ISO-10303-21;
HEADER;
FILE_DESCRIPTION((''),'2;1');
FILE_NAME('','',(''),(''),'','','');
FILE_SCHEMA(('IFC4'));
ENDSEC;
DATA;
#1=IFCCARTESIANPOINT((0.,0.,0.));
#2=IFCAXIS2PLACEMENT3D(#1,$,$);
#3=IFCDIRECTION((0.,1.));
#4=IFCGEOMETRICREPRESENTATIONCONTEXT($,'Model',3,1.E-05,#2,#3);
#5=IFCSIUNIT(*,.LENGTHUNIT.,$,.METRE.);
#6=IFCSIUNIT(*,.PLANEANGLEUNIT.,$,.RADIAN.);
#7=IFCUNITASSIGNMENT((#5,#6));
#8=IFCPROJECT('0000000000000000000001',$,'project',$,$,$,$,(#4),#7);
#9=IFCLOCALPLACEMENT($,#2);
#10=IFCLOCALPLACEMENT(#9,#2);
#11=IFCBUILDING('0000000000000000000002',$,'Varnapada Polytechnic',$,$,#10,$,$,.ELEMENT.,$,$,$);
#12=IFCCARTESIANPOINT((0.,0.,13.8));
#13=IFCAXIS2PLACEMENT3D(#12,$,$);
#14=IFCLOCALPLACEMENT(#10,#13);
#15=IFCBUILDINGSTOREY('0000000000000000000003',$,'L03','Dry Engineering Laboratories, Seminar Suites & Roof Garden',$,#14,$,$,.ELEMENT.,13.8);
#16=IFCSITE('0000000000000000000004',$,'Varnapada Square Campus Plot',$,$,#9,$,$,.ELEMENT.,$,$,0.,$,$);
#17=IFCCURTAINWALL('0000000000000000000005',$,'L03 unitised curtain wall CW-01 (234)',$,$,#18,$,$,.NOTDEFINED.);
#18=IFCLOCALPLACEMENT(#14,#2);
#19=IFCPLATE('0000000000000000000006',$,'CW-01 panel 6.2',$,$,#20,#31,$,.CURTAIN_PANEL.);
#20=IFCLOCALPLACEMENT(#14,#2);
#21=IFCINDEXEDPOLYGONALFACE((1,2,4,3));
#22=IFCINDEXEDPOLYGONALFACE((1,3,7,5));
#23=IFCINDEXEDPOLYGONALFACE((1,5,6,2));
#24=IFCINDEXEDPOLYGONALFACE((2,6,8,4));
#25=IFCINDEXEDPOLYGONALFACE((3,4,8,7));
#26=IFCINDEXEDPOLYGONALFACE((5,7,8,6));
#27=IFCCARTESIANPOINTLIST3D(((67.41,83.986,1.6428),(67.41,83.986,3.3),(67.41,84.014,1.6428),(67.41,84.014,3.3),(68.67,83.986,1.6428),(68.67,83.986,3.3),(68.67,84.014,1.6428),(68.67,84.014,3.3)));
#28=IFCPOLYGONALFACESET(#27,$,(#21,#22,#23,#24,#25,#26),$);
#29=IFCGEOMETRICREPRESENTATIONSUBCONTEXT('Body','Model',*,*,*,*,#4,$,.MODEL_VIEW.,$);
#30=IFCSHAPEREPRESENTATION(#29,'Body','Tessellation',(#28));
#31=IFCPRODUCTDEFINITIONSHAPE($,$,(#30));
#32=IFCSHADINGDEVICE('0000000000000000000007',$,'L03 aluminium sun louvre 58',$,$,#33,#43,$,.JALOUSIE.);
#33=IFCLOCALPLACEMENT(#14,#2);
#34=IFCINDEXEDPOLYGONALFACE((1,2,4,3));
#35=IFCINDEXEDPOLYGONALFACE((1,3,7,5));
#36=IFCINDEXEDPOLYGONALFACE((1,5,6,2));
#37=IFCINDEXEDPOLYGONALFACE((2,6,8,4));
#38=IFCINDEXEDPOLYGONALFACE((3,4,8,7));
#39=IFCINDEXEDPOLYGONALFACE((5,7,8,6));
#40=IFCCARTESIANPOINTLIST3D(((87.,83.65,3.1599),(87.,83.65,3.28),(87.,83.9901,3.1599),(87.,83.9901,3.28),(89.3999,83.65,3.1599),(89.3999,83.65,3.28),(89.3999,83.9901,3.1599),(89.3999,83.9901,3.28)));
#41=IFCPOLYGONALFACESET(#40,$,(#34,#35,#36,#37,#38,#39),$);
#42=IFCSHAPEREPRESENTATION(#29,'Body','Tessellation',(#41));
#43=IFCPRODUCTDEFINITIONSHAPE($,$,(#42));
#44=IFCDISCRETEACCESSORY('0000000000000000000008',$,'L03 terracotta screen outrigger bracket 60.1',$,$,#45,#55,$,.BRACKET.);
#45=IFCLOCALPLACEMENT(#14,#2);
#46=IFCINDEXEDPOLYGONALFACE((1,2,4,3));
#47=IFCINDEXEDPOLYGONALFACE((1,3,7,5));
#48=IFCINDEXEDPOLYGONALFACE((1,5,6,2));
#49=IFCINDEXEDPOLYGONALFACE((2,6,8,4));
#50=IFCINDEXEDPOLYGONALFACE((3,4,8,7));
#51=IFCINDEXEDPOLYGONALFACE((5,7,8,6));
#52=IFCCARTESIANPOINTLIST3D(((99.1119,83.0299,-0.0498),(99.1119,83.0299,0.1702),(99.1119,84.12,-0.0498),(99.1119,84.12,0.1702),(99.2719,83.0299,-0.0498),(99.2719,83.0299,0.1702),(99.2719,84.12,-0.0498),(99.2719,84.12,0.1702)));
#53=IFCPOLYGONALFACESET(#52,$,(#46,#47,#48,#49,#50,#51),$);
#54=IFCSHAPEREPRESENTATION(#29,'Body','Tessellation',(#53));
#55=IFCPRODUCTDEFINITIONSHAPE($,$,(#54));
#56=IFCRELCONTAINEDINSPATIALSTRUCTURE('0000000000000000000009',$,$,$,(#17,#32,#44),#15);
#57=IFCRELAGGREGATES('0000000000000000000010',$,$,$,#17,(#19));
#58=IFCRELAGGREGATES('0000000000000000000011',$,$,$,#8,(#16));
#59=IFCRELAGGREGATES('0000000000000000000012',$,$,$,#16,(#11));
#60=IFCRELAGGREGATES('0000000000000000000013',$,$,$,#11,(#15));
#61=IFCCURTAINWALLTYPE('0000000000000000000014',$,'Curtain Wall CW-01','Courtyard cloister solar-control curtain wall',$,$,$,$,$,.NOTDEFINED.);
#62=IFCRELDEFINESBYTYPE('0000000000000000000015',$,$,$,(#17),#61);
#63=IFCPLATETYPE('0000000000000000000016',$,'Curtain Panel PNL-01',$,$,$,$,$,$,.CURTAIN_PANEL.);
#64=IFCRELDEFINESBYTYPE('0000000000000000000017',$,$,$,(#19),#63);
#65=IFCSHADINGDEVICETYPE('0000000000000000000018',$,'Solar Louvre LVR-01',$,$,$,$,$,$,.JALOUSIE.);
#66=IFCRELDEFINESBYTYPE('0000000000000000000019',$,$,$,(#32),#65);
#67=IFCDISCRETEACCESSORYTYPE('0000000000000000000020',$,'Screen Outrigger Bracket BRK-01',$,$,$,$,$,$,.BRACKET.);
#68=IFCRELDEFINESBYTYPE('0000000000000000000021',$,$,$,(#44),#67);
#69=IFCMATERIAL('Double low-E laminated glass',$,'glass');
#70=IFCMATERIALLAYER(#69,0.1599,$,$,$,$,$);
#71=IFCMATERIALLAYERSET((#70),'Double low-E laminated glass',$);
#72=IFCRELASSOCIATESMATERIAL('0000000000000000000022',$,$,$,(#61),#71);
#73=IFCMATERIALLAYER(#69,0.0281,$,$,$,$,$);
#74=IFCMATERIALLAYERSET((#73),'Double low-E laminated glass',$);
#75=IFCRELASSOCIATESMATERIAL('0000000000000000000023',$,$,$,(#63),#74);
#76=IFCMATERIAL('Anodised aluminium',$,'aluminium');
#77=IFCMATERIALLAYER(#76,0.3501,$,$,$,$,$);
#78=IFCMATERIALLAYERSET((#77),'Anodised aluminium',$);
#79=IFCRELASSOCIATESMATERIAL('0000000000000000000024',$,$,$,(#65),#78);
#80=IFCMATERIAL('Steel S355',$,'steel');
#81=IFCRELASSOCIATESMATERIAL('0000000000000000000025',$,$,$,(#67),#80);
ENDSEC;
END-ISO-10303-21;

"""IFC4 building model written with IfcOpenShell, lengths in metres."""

from ifc_helpers import new_model, si_unit, direction, frame, origin, origin_2d, place, context, subcontext, project, spatial, rectangle, extrude, material, layer, layer_set, type_object, element, aggregate, save


model = new_model("IFC4")

# Units and contexts
model_context = context("Model", 3, precision=1e-05, world=origin(), true_north=direction((0.0, 1.0)))
body_context = subcontext(model_context, "Body", "Model", "MODEL_VIEW")
ifc_project = project(units=[si_unit("LENGTHUNIT", "METRE"), si_unit("PLANEANGLEUNIT", "RADIAN")], contexts=[model_context])

# Site, building, storey
site_placement = place(None, origin())
site = spatial("IfcSite", under=ifc_project, at=site_placement, Name="Varnapada Square Campus Plot", CompositionType="ELEMENT", RefElevation=0.0)
building_placement = place(site_placement, origin())
building = spatial("IfcBuilding", under=site, at=building_placement, Name="Varnapada Polytechnic", CompositionType="ELEMENT")
storey_placement = place(building_placement, frame((0.0, 0.0, 13.8)))
storey = spatial("IfcBuildingStorey", under=building, at=storey_placement, Name="L03", Description="Dry Engineering Laboratories, Seminar Suites & Roof Garden", CompositionType="ELEMENT", Elevation=13.8)

# Shared definitions
ifc_material_1 = material(Name="Steel S355", Category="steel")

# Curtain wall
ifc_material_2 = material(Name="Double low-E laminated glass", Category="glass")
ifc_layer_1 = layer(ifc_material_2, 0.1599)
ifc_layer_set_1 = layer_set([ifc_layer_1], Name="Double low-E laminated glass")
curtain_wall_type = type_object("IfcCurtainWallType", Name="Curtain Wall CW-01", Description="Courtyard cloister solar-control curtain wall", PredefinedType="NOTDEFINED", material=ifc_layer_set_1)
curtain_wall_placement = place(storey_placement, origin())
curtain_wall = element("IfcCurtainWall", 1, at=curtain_wall_placement, inside=storey, type_object=curtain_wall_type, Name="L03 unitised curtain wall CW-01 (234)", PredefinedType="NOTDEFINED")
ifc_material_3 = material(Name="Anodised aluminium", Category="aluminium")

# Plate
ifc_layer_2 = layer(ifc_material_2, 0.0281)
ifc_layer_set_2 = layer_set([ifc_layer_2], Name="Double low-E laminated glass")
plate_type = type_object("IfcPlateType", Name="Curtain Panel PNL-01", PredefinedType="CURTAIN_PANEL", material=ifc_layer_set_2)
plate_1_placement = place(storey_placement, frame((68.04, 84.0, 1.6428), z_axis=(0.0, 0.0, 1.0), x_axis=(-1.0, 0.0, 0.0)))
plate_1 = element("IfcPlate", 2, at=plate_1_placement, type_object=plate_type, Name="CW-01 panel 6.2", PredefinedType="CURTAIN_PANEL", context=body_context, shape_type="SweptSolid", body=[
    extrude(rectangle(XDim=1.26, YDim=0.0281, at=origin_2d()), origin(), (0.0, 0.0, 1.0), 1.6572),
])
aggregate(curtain_wall, [plate_1])

# Shading device
ifc_layer_3 = layer(ifc_material_3, 0.3501)
ifc_layer_set_3 = layer_set([ifc_layer_3], Name="Anodised aluminium")
shading_device_type = type_object("IfcShadingDeviceType", Name="Solar Louvre LVR-01", PredefinedType="JALOUSIE", material=ifc_layer_set_3)
shading_device_placement = place(storey_placement, frame((88.2, 83.8201, 3.1599), z_axis=(0.0, 0.0, 1.0), x_axis=(-1.0, 0.0, 0.0)))
element("IfcShadingDevice", 3, at=shading_device_placement, inside=storey, type_object=shading_device_type, Name="L03 aluminium sun louvre 58", PredefinedType="JALOUSIE", context=body_context, shape_type="SweptSolid", body=[
    extrude(rectangle(XDim=2.3999, YDim=0.3401, at=origin_2d()), origin(), (0.0, 0.0, 1.0), 0.1201),
])

# Discrete accessory
discrete_accessory_type = type_object("IfcDiscreteAccessoryType", Name="Screen Outrigger Bracket BRK-01", PredefinedType="BRACKET", material=ifc_material_1)
discrete_accessory_placement = place(storey_placement, frame((99.1919, 83.575, -0.0498), z_axis=(0.0, 0.0, 1.0), x_axis=(-1.0, 0.0, 0.0)))
element("IfcDiscreteAccessory", 4, at=discrete_accessory_placement, inside=storey, type_object=discrete_accessory_type, Name="L03 terracotta screen outrigger bracket 60.1", PredefinedType="BRACKET", context=body_context, shape_type="SweptSolid", body=[
    extrude(rectangle(XDim=0.1599, YDim=1.0901, at=origin_2d()), origin(), (0.0, 0.0, 1.0), 0.22),
])

save(model, "model.ifc")
